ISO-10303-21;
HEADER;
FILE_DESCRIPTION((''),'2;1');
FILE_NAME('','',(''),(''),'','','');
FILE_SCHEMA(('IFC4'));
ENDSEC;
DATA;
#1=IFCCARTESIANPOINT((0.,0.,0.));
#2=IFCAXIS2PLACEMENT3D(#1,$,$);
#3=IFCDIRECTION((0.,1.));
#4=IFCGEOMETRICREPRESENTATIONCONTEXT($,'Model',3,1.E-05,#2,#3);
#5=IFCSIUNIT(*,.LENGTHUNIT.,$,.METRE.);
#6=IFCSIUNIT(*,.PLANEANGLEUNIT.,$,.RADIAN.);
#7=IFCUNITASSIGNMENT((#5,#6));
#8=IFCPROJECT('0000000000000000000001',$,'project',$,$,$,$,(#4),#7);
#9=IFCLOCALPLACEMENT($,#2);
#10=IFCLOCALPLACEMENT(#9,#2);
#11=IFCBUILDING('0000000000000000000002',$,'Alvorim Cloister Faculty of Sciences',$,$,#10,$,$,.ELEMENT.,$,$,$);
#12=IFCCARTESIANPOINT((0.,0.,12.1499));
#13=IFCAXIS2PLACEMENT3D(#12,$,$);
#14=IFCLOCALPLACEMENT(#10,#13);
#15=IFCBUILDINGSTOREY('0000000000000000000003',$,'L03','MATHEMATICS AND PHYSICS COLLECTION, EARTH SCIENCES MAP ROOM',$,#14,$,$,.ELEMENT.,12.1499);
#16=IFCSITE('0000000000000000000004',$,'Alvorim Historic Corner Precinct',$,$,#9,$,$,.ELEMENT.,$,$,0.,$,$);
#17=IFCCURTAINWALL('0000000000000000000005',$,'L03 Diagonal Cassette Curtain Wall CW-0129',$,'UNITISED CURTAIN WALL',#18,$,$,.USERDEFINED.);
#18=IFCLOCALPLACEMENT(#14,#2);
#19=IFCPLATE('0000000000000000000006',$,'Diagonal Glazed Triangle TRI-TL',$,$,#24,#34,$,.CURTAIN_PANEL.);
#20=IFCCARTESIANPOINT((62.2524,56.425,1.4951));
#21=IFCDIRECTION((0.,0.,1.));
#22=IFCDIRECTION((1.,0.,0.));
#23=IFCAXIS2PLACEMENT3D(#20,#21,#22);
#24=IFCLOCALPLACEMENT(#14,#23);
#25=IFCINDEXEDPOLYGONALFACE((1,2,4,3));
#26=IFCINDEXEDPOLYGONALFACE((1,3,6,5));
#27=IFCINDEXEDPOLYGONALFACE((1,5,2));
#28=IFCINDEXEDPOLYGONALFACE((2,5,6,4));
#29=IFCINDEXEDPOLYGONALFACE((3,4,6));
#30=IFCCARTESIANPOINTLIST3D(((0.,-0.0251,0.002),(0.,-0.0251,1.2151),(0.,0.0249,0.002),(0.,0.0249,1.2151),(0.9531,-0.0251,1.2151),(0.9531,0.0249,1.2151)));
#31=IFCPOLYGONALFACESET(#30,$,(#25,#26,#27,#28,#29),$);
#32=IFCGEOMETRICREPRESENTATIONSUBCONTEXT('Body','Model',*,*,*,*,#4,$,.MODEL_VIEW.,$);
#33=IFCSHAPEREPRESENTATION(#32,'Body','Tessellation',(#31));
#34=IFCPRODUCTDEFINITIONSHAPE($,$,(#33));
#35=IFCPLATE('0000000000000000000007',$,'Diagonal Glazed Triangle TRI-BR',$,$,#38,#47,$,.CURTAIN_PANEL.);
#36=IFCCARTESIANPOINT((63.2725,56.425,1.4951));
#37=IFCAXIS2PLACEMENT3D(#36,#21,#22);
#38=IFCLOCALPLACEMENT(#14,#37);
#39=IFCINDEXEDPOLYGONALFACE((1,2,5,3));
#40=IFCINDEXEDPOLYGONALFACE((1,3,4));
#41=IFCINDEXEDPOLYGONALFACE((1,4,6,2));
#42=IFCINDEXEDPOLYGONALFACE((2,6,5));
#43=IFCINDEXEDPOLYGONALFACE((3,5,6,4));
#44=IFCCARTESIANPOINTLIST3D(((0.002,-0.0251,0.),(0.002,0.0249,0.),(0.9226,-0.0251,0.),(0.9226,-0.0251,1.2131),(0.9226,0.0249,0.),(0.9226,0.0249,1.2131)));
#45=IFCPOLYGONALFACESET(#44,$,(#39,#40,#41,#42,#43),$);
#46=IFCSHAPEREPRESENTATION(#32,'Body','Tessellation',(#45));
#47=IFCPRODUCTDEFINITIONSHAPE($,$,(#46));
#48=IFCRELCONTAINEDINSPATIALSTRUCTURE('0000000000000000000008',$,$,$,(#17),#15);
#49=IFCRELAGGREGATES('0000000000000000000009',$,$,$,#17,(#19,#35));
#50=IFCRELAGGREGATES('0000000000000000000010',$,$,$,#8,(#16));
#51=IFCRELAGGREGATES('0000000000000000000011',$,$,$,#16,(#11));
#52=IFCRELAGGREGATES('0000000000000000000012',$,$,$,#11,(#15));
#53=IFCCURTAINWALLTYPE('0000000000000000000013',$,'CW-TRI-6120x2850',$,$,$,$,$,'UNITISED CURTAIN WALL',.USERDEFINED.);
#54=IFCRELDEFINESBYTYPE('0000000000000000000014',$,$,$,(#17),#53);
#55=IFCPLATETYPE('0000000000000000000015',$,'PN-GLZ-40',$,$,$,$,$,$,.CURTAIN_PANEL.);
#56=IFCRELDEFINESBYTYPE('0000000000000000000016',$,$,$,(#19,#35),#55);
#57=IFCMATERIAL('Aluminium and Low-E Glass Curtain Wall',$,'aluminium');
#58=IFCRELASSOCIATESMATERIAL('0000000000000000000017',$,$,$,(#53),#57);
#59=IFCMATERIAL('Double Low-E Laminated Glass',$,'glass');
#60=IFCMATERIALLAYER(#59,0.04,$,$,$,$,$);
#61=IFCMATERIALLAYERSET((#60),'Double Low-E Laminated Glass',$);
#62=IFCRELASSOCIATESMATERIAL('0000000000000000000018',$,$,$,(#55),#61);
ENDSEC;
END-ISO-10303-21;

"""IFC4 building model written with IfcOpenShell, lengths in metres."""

from ifc_helpers import new_model, si_unit, direction, frame, origin, place, context, subcontext, project, spatial, polyline, outline, extrude, material, layer, layer_set, type_object, element, aggregate, save


model = new_model("IFC4")

# Units and contexts
model_context = context("Model", 3, precision=1e-05, world=origin(), true_north=direction((0.0, 1.0)))
body_context = subcontext(model_context, "Body", "Model", "MODEL_VIEW")
ifc_project = project(units=[si_unit("LENGTHUNIT", "METRE"), si_unit("PLANEANGLEUNIT", "RADIAN")], contexts=[model_context])

# Site, building, storey
site_placement = place(None, origin())
site = spatial("IfcSite", under=ifc_project, at=site_placement, Name="Alvorim Historic Corner Precinct", CompositionType="ELEMENT", RefElevation=0.0)
building_placement = place(site_placement, origin())
building = spatial("IfcBuilding", under=site, at=building_placement, Name="Alvorim Cloister Faculty of Sciences", CompositionType="ELEMENT")
storey_placement = place(building_placement, frame((0.0, 0.0, 12.1499)))
storey = spatial("IfcBuildingStorey", under=building, at=storey_placement, Name="L03", Description="MATHEMATICS AND PHYSICS COLLECTION, EARTH SCIENCES MAP ROOM", CompositionType="ELEMENT", Elevation=12.1499)

# Curtain wall
ifc_material_1 = material(Name="Aluminium and Low-E Glass Curtain Wall", Category="aluminium")
curtain_wall_type = type_object("IfcCurtainWallType", Name="CW-TRI-6120x2850", ElementType="UNITISED CURTAIN WALL", PredefinedType="USERDEFINED", material=ifc_material_1)
curtain_wall_1_placement = place(storey_placement, origin())
curtain_wall_1 = element("IfcCurtainWall", 1, at=curtain_wall_1_placement, inside=storey, type_object=curtain_wall_type, Name="L03 Diagonal Cassette Curtain Wall CW-0129", ObjectType="UNITISED CURTAIN WALL", PredefinedType="USERDEFINED")

# Plates
ifc_material_2 = material(Name="Double Low-E Laminated Glass", Category="glass")
ifc_layer = layer(ifc_material_2, 0.04)
ifc_layer_set = layer_set([ifc_layer], Name="Double Low-E Laminated Glass")
plate_type = type_object("IfcPlateType", Name="PN-GLZ-40", PredefinedType="CURTAIN_PANEL", material=ifc_layer_set)
plate_1_placement = place(storey_placement, frame((62.2524, 56.425, 1.4951), z_axis=(0.0, 0.0, 1.0), x_axis=(1.0, 0.0, 0.0)))
plate_1 = element("IfcPlate", 2, at=plate_1_placement, type_object=plate_type, Name="Diagonal Glazed Triangle TRI-TL", PredefinedType="CURTAIN_PANEL", context=body_context, shape_type="SweptSolid", body=[
    extrude(outline(polyline([(0.9531, 1.2151), (0.0, 1.2151), (0.0, 0.002), (0.9531, 1.2151)])), frame((0.0, 0.0249, 0.0), z_axis=(0.0, -1.0, 0.0), x_axis=(1.0, 0.0, 0.0)), (0.0, 0.0, 1.0), 0.05),
])
plate_2_placement = place(storey_placement, frame((63.2725, 56.425, 1.4951), z_axis=(0.0, 0.0, 1.0), x_axis=(1.0, 0.0, 0.0)))
plate_2 = element("IfcPlate", 3, at=plate_2_placement, type_object=plate_type, Name="Diagonal Glazed Triangle TRI-BR", PredefinedType="CURTAIN_PANEL", context=body_context, shape_type="SweptSolid", body=[
    extrude(outline(polyline([(0.002, 0.0), (0.9226, 0.0), (0.9226, 1.2131), (0.002, 0.0)])), frame((0.0, 0.0249, 0.0), z_axis=(0.0, -1.0, 0.0), x_axis=(1.0, 0.0, 0.0)), (0.0, 0.0, 1.0), 0.05),
])
aggregate(curtain_wall_1, [plate_1, plate_2])

save(model, "model.ifc")
